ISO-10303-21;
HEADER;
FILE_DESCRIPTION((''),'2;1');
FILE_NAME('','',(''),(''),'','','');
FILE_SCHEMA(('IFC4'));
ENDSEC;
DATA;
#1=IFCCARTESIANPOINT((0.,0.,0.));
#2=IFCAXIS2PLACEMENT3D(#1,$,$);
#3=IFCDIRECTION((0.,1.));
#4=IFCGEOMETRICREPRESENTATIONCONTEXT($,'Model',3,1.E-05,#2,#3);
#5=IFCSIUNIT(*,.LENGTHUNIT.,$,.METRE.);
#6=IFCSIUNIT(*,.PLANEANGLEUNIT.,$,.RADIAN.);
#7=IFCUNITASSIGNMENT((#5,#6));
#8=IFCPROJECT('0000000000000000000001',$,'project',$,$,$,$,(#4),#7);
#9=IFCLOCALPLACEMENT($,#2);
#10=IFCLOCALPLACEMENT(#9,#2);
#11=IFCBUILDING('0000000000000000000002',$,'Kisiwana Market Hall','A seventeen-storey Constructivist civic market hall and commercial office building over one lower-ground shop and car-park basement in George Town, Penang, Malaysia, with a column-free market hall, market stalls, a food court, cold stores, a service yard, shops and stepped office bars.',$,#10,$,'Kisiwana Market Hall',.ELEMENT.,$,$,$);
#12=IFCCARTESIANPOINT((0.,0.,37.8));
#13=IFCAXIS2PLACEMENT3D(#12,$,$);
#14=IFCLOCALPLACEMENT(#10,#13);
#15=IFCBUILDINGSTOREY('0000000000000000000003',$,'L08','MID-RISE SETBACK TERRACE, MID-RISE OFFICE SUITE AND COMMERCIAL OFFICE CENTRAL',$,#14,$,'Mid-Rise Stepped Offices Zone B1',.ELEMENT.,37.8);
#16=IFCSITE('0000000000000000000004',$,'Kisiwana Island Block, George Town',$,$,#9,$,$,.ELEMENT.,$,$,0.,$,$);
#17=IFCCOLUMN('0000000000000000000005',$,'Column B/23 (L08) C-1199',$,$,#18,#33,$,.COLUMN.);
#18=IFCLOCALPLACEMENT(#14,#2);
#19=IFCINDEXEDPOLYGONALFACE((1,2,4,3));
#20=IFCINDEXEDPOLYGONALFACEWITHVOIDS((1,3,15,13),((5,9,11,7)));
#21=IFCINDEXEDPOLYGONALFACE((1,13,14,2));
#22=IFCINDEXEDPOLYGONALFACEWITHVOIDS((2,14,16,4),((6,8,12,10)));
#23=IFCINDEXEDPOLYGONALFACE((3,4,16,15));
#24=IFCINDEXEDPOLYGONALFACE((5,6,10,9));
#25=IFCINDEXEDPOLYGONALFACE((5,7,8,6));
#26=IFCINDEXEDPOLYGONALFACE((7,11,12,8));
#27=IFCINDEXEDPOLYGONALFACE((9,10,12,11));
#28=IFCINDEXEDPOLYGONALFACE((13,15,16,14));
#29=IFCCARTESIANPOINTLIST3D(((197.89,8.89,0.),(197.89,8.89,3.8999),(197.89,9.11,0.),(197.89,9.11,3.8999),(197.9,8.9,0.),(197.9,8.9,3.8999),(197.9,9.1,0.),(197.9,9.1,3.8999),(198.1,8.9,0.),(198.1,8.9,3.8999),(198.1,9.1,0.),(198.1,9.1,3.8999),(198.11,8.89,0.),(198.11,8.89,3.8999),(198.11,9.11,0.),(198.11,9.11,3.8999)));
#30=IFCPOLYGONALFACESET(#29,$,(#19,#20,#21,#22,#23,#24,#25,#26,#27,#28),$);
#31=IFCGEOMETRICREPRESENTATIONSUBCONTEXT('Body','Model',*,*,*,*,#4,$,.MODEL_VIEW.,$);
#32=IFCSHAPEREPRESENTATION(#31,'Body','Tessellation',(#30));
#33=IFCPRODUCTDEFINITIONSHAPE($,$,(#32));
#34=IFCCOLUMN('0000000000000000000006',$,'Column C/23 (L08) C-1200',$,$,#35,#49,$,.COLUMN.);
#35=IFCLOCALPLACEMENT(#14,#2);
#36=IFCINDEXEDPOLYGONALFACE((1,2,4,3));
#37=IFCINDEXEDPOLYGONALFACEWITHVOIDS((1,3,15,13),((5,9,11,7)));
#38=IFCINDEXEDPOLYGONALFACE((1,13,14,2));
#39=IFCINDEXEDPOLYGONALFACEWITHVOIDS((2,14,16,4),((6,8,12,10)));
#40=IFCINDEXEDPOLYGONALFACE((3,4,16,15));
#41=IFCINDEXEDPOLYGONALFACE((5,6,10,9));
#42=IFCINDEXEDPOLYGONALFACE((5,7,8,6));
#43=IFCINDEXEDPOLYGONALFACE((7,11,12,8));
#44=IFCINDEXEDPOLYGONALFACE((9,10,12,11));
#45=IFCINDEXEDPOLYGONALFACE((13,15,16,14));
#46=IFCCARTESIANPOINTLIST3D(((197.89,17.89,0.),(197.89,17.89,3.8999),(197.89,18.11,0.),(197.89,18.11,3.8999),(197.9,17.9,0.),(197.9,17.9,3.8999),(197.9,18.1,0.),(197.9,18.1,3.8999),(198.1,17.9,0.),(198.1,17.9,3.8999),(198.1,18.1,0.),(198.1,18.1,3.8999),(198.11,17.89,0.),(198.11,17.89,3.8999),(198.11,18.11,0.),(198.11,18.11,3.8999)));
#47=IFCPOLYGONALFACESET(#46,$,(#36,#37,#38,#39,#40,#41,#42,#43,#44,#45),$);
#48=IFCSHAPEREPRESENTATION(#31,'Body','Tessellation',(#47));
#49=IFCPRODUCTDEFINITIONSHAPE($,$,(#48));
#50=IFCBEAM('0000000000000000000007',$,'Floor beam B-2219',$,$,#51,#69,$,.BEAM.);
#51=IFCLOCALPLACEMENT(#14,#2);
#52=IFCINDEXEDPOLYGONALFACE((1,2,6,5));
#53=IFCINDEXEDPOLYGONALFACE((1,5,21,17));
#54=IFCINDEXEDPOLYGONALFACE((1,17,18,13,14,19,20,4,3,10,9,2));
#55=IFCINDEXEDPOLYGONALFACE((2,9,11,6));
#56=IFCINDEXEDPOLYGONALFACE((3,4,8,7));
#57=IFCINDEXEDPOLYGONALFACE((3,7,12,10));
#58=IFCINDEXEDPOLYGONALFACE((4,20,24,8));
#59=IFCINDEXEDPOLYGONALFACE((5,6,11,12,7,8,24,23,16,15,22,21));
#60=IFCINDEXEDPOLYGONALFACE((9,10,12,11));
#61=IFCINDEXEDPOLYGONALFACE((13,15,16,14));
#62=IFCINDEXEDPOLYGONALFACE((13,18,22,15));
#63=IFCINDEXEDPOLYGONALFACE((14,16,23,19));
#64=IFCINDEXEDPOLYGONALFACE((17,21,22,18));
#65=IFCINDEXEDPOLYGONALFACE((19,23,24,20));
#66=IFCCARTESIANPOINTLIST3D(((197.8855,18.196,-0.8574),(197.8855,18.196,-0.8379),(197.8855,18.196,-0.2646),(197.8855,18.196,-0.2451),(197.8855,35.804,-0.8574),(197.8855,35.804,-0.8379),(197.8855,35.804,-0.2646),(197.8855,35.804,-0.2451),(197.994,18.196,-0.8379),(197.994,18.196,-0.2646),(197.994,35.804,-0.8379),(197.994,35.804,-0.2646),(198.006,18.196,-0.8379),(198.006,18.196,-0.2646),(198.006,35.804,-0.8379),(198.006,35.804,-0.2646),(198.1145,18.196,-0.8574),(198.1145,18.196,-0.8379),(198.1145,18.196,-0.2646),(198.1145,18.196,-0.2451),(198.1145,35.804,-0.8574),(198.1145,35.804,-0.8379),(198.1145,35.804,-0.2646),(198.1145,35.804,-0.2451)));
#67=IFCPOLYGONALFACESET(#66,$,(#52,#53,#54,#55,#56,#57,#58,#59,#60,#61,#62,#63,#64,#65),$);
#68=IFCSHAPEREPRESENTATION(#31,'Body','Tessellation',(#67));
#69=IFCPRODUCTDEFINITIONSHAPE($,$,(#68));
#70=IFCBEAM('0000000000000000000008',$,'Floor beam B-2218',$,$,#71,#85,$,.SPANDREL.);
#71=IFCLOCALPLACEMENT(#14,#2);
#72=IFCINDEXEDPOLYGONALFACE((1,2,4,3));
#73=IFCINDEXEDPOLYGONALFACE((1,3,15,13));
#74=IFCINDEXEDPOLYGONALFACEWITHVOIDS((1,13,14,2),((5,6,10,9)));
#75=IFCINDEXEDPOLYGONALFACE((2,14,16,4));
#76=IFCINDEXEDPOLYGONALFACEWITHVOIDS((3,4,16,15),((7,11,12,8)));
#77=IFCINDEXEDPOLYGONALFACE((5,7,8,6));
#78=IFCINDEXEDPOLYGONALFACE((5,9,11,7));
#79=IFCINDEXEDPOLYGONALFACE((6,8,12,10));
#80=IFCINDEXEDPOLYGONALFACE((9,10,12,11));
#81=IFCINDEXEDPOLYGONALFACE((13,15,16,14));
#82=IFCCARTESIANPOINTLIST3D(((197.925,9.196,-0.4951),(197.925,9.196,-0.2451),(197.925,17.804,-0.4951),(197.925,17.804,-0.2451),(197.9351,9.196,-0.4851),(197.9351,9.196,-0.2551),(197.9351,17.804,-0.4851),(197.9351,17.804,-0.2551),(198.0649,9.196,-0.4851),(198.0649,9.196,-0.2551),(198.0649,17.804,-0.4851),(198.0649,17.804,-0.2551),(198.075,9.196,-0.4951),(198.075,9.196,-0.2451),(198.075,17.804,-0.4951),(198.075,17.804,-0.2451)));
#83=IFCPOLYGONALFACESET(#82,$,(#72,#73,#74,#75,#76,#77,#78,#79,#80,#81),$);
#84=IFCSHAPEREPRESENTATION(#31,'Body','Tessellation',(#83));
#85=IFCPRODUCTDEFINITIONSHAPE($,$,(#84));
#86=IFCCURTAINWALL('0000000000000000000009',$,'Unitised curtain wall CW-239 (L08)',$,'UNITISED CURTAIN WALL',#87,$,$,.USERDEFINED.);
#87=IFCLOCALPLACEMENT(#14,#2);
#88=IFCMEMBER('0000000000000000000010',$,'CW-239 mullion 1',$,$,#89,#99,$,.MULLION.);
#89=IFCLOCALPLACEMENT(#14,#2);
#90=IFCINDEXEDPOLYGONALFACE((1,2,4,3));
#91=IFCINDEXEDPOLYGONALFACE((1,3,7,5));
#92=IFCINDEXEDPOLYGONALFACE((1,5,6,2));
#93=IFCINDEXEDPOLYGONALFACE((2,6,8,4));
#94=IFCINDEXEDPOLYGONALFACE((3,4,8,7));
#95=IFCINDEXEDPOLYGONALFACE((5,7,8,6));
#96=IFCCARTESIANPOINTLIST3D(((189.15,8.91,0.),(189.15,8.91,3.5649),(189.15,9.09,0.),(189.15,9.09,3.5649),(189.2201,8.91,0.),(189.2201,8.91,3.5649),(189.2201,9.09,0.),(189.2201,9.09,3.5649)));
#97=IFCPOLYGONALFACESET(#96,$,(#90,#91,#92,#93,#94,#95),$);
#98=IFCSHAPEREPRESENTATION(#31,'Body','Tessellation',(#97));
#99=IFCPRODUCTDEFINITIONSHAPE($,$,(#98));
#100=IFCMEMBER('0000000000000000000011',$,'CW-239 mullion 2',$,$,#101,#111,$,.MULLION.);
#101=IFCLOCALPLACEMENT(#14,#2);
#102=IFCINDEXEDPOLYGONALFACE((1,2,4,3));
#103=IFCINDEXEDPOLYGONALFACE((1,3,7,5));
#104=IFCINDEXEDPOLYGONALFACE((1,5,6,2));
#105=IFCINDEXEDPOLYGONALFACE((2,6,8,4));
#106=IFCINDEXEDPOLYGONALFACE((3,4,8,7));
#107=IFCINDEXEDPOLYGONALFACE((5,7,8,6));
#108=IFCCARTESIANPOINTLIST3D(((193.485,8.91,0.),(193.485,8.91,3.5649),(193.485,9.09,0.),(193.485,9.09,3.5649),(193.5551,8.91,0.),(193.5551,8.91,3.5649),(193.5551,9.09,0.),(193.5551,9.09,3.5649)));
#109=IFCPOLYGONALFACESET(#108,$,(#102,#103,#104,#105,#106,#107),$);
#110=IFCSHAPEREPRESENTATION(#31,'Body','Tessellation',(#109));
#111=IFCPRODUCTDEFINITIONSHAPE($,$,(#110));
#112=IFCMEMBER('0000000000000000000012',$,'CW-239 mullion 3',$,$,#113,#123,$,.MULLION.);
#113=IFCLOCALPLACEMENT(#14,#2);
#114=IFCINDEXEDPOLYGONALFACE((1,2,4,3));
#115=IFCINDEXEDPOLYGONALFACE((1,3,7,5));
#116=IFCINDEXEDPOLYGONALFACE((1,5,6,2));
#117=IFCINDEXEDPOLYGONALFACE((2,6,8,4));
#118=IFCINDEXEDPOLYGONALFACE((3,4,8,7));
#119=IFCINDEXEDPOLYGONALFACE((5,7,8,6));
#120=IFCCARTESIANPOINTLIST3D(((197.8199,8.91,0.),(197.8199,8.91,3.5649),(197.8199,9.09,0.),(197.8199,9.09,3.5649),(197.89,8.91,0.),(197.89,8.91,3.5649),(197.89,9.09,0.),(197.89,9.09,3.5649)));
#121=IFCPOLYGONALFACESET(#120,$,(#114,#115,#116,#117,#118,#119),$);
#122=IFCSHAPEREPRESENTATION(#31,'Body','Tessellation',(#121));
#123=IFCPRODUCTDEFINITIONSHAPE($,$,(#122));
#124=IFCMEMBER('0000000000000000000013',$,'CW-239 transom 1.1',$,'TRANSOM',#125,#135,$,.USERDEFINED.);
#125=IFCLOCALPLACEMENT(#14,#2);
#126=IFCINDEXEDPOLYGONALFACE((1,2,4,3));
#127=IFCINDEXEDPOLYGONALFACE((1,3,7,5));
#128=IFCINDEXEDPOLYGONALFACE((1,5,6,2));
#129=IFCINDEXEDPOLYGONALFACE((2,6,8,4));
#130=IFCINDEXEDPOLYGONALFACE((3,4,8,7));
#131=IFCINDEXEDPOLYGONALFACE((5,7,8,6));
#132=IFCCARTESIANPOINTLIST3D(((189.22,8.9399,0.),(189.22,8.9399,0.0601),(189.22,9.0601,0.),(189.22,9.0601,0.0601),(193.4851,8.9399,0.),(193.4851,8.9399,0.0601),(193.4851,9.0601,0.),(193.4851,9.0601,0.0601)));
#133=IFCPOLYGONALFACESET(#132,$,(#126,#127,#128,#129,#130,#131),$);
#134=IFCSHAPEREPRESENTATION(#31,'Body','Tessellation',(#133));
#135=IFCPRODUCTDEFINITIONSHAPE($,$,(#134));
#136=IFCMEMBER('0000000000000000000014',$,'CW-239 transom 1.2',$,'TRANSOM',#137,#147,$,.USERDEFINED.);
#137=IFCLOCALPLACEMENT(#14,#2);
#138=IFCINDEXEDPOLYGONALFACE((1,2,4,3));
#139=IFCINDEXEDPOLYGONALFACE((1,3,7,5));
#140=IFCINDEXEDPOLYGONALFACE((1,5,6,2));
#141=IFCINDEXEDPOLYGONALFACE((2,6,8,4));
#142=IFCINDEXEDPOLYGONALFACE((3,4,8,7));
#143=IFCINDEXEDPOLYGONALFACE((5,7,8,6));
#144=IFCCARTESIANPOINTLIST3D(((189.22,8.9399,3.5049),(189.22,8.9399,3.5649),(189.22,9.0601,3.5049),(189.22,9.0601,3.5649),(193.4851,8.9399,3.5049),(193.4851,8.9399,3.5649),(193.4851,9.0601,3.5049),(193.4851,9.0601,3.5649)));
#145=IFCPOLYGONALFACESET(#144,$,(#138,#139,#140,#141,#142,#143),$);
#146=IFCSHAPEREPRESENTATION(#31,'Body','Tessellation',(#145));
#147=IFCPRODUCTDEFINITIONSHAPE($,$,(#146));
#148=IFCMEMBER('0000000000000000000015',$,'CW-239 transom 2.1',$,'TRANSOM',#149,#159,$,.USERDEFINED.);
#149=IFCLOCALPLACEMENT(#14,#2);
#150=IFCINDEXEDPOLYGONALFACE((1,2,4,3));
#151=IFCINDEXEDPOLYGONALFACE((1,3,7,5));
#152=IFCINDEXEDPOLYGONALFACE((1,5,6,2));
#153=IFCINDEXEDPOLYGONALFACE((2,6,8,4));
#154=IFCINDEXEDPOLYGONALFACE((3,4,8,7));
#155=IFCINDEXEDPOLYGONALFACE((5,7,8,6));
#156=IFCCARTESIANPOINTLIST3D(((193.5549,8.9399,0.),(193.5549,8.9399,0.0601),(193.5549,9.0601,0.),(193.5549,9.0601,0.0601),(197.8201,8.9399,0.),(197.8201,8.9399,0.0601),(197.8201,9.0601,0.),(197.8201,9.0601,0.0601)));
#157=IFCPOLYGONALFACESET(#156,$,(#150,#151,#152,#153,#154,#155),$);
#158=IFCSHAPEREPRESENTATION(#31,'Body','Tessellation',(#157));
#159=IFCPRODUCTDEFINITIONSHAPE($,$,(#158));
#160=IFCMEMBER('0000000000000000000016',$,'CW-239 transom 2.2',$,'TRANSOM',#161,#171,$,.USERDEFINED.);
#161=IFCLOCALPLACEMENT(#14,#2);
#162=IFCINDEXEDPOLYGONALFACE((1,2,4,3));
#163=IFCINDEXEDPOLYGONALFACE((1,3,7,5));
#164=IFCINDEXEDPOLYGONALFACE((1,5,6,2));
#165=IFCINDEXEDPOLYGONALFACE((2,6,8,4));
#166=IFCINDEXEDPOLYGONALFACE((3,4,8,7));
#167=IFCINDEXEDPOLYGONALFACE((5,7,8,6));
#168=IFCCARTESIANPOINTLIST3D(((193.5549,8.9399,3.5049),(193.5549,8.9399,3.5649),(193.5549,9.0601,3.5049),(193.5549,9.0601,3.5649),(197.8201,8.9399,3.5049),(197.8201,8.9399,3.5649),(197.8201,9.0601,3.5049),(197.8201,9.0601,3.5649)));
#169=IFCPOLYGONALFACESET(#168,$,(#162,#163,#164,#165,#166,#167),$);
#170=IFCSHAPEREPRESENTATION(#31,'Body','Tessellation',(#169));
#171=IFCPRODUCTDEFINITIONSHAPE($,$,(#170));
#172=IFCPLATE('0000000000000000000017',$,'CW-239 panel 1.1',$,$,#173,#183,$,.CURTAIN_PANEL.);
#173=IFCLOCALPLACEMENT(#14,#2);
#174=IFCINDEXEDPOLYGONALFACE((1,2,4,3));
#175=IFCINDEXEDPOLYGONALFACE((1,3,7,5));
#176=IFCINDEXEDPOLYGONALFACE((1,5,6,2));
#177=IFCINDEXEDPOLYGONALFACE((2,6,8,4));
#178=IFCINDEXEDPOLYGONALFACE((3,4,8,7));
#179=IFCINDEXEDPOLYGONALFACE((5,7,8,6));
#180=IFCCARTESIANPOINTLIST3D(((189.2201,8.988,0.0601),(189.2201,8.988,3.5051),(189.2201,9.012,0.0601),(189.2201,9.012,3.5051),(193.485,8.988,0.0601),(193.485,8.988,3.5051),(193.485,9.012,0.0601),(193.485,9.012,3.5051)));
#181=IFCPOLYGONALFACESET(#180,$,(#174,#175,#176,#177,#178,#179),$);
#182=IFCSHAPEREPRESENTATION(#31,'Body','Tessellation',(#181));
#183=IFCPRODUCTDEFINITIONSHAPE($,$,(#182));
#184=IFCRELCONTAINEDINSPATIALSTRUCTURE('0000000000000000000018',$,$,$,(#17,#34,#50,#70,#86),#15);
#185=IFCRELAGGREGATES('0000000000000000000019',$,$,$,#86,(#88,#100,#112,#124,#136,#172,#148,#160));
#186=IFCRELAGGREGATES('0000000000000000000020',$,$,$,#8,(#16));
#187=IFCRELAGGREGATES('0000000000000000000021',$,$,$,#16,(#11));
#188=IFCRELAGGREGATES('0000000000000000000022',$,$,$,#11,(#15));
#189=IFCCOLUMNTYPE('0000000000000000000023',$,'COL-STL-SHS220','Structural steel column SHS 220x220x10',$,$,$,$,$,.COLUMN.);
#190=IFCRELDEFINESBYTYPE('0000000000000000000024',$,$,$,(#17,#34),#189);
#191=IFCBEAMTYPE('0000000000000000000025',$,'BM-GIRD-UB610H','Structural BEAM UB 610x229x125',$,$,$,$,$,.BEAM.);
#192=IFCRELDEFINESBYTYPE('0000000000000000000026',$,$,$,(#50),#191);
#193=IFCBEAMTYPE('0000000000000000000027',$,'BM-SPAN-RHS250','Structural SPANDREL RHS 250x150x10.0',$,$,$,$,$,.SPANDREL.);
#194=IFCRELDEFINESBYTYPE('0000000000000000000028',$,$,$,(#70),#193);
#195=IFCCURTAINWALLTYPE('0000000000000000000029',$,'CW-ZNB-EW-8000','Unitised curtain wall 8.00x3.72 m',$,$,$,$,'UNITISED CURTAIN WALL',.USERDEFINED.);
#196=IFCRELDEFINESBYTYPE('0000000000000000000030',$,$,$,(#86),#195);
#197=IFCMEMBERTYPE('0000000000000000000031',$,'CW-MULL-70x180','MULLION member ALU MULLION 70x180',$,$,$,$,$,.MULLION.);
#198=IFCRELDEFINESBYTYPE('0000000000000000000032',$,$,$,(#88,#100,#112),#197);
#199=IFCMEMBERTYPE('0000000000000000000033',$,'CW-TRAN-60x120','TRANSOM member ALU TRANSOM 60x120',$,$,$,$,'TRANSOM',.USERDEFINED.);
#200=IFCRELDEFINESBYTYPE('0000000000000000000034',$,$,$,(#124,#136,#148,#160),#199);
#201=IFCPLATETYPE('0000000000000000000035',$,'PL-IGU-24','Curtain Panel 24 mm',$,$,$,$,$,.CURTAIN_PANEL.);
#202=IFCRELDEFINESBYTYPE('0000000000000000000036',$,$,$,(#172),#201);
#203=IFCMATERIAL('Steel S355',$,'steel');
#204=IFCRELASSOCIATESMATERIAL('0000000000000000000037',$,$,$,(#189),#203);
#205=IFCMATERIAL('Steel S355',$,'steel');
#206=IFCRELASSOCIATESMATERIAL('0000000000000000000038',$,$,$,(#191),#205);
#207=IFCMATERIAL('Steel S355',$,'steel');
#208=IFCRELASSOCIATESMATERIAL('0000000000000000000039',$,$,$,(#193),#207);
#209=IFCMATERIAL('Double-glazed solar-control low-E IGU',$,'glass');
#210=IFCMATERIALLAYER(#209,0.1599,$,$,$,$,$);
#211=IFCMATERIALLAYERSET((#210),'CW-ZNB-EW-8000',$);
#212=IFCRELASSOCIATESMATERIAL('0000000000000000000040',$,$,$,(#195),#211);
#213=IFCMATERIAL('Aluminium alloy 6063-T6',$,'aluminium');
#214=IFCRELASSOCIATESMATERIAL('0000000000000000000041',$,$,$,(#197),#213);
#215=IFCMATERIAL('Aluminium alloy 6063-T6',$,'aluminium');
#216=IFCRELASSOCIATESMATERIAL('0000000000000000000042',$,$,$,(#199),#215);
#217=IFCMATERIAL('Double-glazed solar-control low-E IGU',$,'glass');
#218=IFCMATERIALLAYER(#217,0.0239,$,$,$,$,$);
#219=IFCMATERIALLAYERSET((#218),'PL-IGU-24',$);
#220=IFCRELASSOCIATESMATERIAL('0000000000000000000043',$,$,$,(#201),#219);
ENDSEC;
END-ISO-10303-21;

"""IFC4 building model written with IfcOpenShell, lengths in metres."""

from ifc_helpers import new_model, si_unit, direction, frame, origin, origin_2d, place, context, subcontext, project, spatial, rectangle, hollow_rectangle, i_section, extrude, material, layer, layer_set, material_profile, profile_set, type_object, element, aggregate, save


model = new_model("IFC4")

# Units and contexts
model_context = context("Model", 3, precision=1e-05, world=origin(), true_north=direction((0.0, 1.0)))
body_context = subcontext(model_context, "Body", "Model", "MODEL_VIEW")
ifc_project = project(units=[si_unit("LENGTHUNIT", "METRE"), si_unit("PLANEANGLEUNIT", "RADIAN")], contexts=[model_context])

# Site, building, storey
site_placement = place(None, origin())
site = spatial("IfcSite", under=ifc_project, at=site_placement, Name="Kisiwana Island Block, George Town", CompositionType="ELEMENT", RefElevation=0.0)
building_placement = place(site_placement, origin())
building = spatial("IfcBuilding", under=site, at=building_placement, Name="Kisiwana Market Hall", Description="A seventeen-storey Constructivist civic market hall and commercial office building over one lower-ground shop and car-park basement in George Town, Penang, Malaysia, with a column-free market hall, market stalls, a food court, cold stores, a service yard, shops and stepped office bars.", LongName="Kisiwana Market Hall", CompositionType="ELEMENT")
storey_placement = place(building_placement, frame((0.0, 0.0, 37.8)))
storey = spatial("IfcBuildingStorey", under=building, at=storey_placement, Name="L08", Description="MID-RISE SETBACK TERRACE, MID-RISE OFFICE SUITE AND COMMERCIAL OFFICE CENTRAL", LongName="Mid-Rise Stepped Offices Zone B1", CompositionType="ELEMENT", Elevation=37.8)

# Columns
ifc_material_1 = material(Name="Steel S355", Category="steel")
ifc_material_profile_1 = material_profile(ifc_material_1, hollow_rectangle(XDim=0.22, YDim=0.22, WallThickness=0.01, at=origin_2d()), Name="SHS 220x220x10")
ifc_profile_set_1 = profile_set([ifc_material_profile_1], Name="Steel S355")
column_type = type_object("IfcColumnType", Name="COL-STL-SHS220", Description="Structural steel column SHS 220x220x10", PredefinedType="COLUMN", material=ifc_profile_set_1)
for number, where, z_axis, x_axis, name in (
    (1, (198.0, 9.0, 0.0), (0.0, 0.0, 1.0), (1.0, 0.0, 0.0), "Column B/23 (L08) C-1199"),
    (2, (198.0, 18.0, 0.0), (0.0, 0.0, 1.0), (1.0, 0.0, 0.0), "Column C/23 (L08) C-1200"),
):
    element("IfcColumn", number, at=place(storey_placement, frame(where, z_axis=z_axis, x_axis=x_axis)), inside=storey, type_object=column_type, Name=name, PredefinedType="COLUMN", context=body_context, shape_type="SweptSolid", body=[
        extrude(hollow_rectangle(XDim=0.22, YDim=0.22, WallThickness=0.01, at=origin_2d()), origin(), (0.0, 0.0, 1.0), 3.8999),
    ])

# Beams
ifc_material_2 = material(Name="Steel S355", Category="steel")
ifc_material_profile_2 = material_profile(ifc_material_2, i_section(OverallWidth=0.229, OverallDepth=0.6123, WebThickness=0.012, FlangeThickness=0.0195, at=origin_2d()), Name="UB 610x229x125")
ifc_profile_set_2 = profile_set([ifc_material_profile_2], Name="Steel S355")
beam_type_1 = type_object("IfcBeamType", Name="BM-GIRD-UB610H", Description="Structural BEAM UB 610x229x125", PredefinedType="BEAM", material=ifc_profile_set_2)
beam_1_placement = place(storey_placement, frame((198.0, 18.196, -0.5513), z_axis=(0.0, 1.0, 0.0), x_axis=(-1.0, 0.0, 0.0)))
element("IfcBeam", 3, at=beam_1_placement, inside=storey, type_object=beam_type_1, Name="Floor beam B-2219", PredefinedType="BEAM", context=body_context, shape_type="SweptSolid", body=[
    extrude(i_section(OverallWidth=0.229, OverallDepth=0.6123, WebThickness=0.012, FlangeThickness=0.0195, at=origin_2d()), origin(), (0.0, 0.0, 1.0), 17.6079),
])
ifc_material_3 = material(Name="Steel S355", Category="steel")
ifc_material_profile_3 = material_profile(ifc_material_3, hollow_rectangle(XDim=0.1499, YDim=0.25, WallThickness=0.01, at=origin_2d()), Name="RHS 250x150x10.0")
ifc_profile_set_3 = profile_set([ifc_material_profile_3], Name="Steel S355")
beam_type_2 = type_object("IfcBeamType", Name="BM-SPAN-RHS250", Description="Structural SPANDREL RHS 250x150x10.0", PredefinedType="SPANDREL", material=ifc_profile_set_3)
beam_2_placement = place(storey_placement, frame((198.0, 9.196, -0.3701), z_axis=(0.0, 1.0, 0.0), x_axis=(-1.0, 0.0, 0.0)))
element("IfcBeam", 4, at=beam_2_placement, inside=storey, type_object=beam_type_2, Name="Floor beam B-2218", PredefinedType="SPANDREL", context=body_context, shape_type="SweptSolid", body=[
    extrude(hollow_rectangle(XDim=0.1499, YDim=0.25, WallThickness=0.01, at=origin_2d()), origin(), (0.0, 0.0, 1.0), 8.6079),
])

# Curtain wall, members, plate
ifc_material_4 = material(Name="Double-glazed solar-control low-E IGU", Category="glass")
ifc_layer_1 = layer(ifc_material_4, 0.1599)
ifc_layer_set_1 = layer_set([ifc_layer_1], Name="CW-ZNB-EW-8000")
curtain_wall_type = type_object("IfcCurtainWallType", Name="CW-ZNB-EW-8000", Description="Unitised curtain wall 8.00x3.72 m", ElementType="UNITISED CURTAIN WALL", PredefinedType="USERDEFINED", material=ifc_layer_set_1)
curtain_wall_placement = place(storey_placement, origin())
curtain_wall = element("IfcCurtainWall", 5, at=curtain_wall_placement, inside=storey, type_object=curtain_wall_type, Name="Unitised curtain wall CW-239 (L08)", ObjectType="UNITISED CURTAIN WALL", PredefinedType="USERDEFINED")
ifc_material_5 = material(Name="Aluminium alloy 6063-T6", Category="aluminium")
ifc_material_profile_4 = material_profile(ifc_material_5, rectangle(XDim=0.0701, YDim=0.1799, at=origin_2d()), Name="ALU MULLION 70x180")
ifc_profile_set_4 = profile_set([ifc_material_profile_4], Name="Aluminium alloy 6063-T6")
member_type_1 = type_object("IfcMemberType", Name="CW-MULL-70x180", Description="MULLION member ALU MULLION 70x180", PredefinedType="MULLION", material=ifc_profile_set_4)
member_1_placement = place(storey_placement, frame((189.1851, 9.0, 0.0), z_axis=(0.0, 0.0, 1.0), x_axis=(1.0, 0.0, 0.0)))
member_1 = element("IfcMember", 6, at=member_1_placement, type_object=member_type_1, Name="CW-239 mullion 1", PredefinedType="MULLION", context=body_context, shape_type="SweptSolid", body=[
    extrude(rectangle(XDim=0.0701, YDim=0.1799, at=origin_2d()), origin(), (0.0, 0.0, 1.0), 3.5649),
])
member_2_placement = place(storey_placement, frame((193.52, 9.0, 0.0), z_axis=(0.0, 0.0, 1.0), x_axis=(1.0, 0.0, 0.0)))
member_2 = element("IfcMember", 7, at=member_2_placement, type_object=member_type_1, Name="CW-239 mullion 2", PredefinedType="MULLION", context=body_context, shape_type="SweptSolid", body=[
    extrude(rectangle(XDim=0.0701, YDim=0.1799, at=origin_2d()), origin(), (0.0, 0.0, 1.0), 3.5649),
])
member_3_placement = place(storey_placement, frame((197.855, 9.0, 0.0), z_axis=(0.0, 0.0, 1.0), x_axis=(1.0, 0.0, 0.0)))
member_3 = element("IfcMember", 8, at=member_3_placement, type_object=member_type_1, Name="CW-239 mullion 3", PredefinedType="MULLION", context=body_context, shape_type="SweptSolid", body=[
    extrude(rectangle(XDim=0.0701, YDim=0.1799, at=origin_2d()), origin(), (0.0, 0.0, 1.0), 3.5649),
])
ifc_material_6 = material(Name="Aluminium alloy 6063-T6", Category="aluminium")
ifc_material_profile_5 = material_profile(ifc_material_6, rectangle(XDim=0.1201, YDim=0.0601, at=origin_2d()), Name="ALU TRANSOM 60x120")
ifc_profile_set_5 = profile_set([ifc_material_profile_5], Name="Aluminium alloy 6063-T6")
member_type_2 = type_object("IfcMemberType", Name="CW-TRAN-60x120", Description="TRANSOM member ALU TRANSOM 60x120", ElementType="TRANSOM", PredefinedType="USERDEFINED", material=ifc_profile_set_5)
member_4_placement = place(storey_placement, frame((189.22, 9.0, 0.03), z_axis=(1.0, 0.0, 0.0), x_axis=(0.0, 1.0, 0.0)))
member_4 = element("IfcMember", 9, at=member_4_placement, type_object=member_type_2, Name="CW-239 transom 1.1", ObjectType="TRANSOM", PredefinedType="USERDEFINED", context=body_context, shape_type="SweptSolid", body=[
    extrude(rectangle(XDim=0.1201, YDim=0.0601, at=origin_2d()), origin(), (0.0, 0.0, 1.0), 4.2651),
])
member_5_placement = place(storey_placement, frame((189.22, 9.0, 3.5349), z_axis=(1.0, 0.0, 0.0), x_axis=(0.0, 1.0, 0.0)))
member_5 = element("IfcMember", 10, at=member_5_placement, type_object=member_type_2, Name="CW-239 transom 1.2", ObjectType="TRANSOM", PredefinedType="USERDEFINED", context=body_context, shape_type="SweptSolid", body=[
    extrude(rectangle(XDim=0.1201, YDim=0.0601, at=origin_2d()), origin(), (0.0, 0.0, 1.0), 4.2651),
])
member_6_placement = place(storey_placement, frame((193.5549, 9.0, 0.03), z_axis=(1.0, 0.0, 0.0), x_axis=(0.0, 1.0, 0.0)))
member_6 = element("IfcMember", 11, at=member_6_placement, type_object=member_type_2, Name="CW-239 transom 2.1", ObjectType="TRANSOM", PredefinedType="USERDEFINED", context=body_context, shape_type="SweptSolid", body=[
    extrude(rectangle(XDim=0.1201, YDim=0.0601, at=origin_2d()), origin(), (0.0, 0.0, 1.0), 4.2651),
])
member_7_placement = place(storey_placement, frame((193.5549, 9.0, 3.5349), z_axis=(1.0, 0.0, 0.0), x_axis=(0.0, 1.0, 0.0)))
member_7 = element("IfcMember", 12, at=member_7_placement, type_object=member_type_2, Name="CW-239 transom 2.2", ObjectType="TRANSOM", PredefinedType="USERDEFINED", context=body_context, shape_type="SweptSolid", body=[
    extrude(rectangle(XDim=0.1201, YDim=0.0601, at=origin_2d()), origin(), (0.0, 0.0, 1.0), 4.2651),
])
ifc_material_7 = material(Name="Double-glazed solar-control low-E IGU", Category="glass")
ifc_layer_2 = layer(ifc_material_7, 0.0239)
ifc_layer_set_2 = layer_set([ifc_layer_2], Name="PL-IGU-24")
plate_type = type_object("IfcPlateType", Name="PL-IGU-24", Description="Curtain Panel 24 mm", PredefinedType="CURTAIN_PANEL", material=ifc_layer_set_2)
plate_1_placement = place(storey_placement, frame((191.3525, 9.0, 0.0601), z_axis=(0.0, 0.0, 1.0), x_axis=(1.0, 0.0, 0.0)))
plate_1 = element("IfcPlate", 13, at=plate_1_placement, type_object=plate_type, Name="CW-239 panel 1.1", PredefinedType="CURTAIN_PANEL", context=body_context, shape_type="SweptSolid", body=[
    extrude(rectangle(XDim=4.2649, YDim=0.0239, at=origin_2d()), origin(), (0.0, 0.0, 1.0), 3.4451),
])
aggregate(curtain_wall, [member_1, member_2, member_3, member_4, member_5, plate_1, member_6, member_7])

save(model, "model.ifc")
